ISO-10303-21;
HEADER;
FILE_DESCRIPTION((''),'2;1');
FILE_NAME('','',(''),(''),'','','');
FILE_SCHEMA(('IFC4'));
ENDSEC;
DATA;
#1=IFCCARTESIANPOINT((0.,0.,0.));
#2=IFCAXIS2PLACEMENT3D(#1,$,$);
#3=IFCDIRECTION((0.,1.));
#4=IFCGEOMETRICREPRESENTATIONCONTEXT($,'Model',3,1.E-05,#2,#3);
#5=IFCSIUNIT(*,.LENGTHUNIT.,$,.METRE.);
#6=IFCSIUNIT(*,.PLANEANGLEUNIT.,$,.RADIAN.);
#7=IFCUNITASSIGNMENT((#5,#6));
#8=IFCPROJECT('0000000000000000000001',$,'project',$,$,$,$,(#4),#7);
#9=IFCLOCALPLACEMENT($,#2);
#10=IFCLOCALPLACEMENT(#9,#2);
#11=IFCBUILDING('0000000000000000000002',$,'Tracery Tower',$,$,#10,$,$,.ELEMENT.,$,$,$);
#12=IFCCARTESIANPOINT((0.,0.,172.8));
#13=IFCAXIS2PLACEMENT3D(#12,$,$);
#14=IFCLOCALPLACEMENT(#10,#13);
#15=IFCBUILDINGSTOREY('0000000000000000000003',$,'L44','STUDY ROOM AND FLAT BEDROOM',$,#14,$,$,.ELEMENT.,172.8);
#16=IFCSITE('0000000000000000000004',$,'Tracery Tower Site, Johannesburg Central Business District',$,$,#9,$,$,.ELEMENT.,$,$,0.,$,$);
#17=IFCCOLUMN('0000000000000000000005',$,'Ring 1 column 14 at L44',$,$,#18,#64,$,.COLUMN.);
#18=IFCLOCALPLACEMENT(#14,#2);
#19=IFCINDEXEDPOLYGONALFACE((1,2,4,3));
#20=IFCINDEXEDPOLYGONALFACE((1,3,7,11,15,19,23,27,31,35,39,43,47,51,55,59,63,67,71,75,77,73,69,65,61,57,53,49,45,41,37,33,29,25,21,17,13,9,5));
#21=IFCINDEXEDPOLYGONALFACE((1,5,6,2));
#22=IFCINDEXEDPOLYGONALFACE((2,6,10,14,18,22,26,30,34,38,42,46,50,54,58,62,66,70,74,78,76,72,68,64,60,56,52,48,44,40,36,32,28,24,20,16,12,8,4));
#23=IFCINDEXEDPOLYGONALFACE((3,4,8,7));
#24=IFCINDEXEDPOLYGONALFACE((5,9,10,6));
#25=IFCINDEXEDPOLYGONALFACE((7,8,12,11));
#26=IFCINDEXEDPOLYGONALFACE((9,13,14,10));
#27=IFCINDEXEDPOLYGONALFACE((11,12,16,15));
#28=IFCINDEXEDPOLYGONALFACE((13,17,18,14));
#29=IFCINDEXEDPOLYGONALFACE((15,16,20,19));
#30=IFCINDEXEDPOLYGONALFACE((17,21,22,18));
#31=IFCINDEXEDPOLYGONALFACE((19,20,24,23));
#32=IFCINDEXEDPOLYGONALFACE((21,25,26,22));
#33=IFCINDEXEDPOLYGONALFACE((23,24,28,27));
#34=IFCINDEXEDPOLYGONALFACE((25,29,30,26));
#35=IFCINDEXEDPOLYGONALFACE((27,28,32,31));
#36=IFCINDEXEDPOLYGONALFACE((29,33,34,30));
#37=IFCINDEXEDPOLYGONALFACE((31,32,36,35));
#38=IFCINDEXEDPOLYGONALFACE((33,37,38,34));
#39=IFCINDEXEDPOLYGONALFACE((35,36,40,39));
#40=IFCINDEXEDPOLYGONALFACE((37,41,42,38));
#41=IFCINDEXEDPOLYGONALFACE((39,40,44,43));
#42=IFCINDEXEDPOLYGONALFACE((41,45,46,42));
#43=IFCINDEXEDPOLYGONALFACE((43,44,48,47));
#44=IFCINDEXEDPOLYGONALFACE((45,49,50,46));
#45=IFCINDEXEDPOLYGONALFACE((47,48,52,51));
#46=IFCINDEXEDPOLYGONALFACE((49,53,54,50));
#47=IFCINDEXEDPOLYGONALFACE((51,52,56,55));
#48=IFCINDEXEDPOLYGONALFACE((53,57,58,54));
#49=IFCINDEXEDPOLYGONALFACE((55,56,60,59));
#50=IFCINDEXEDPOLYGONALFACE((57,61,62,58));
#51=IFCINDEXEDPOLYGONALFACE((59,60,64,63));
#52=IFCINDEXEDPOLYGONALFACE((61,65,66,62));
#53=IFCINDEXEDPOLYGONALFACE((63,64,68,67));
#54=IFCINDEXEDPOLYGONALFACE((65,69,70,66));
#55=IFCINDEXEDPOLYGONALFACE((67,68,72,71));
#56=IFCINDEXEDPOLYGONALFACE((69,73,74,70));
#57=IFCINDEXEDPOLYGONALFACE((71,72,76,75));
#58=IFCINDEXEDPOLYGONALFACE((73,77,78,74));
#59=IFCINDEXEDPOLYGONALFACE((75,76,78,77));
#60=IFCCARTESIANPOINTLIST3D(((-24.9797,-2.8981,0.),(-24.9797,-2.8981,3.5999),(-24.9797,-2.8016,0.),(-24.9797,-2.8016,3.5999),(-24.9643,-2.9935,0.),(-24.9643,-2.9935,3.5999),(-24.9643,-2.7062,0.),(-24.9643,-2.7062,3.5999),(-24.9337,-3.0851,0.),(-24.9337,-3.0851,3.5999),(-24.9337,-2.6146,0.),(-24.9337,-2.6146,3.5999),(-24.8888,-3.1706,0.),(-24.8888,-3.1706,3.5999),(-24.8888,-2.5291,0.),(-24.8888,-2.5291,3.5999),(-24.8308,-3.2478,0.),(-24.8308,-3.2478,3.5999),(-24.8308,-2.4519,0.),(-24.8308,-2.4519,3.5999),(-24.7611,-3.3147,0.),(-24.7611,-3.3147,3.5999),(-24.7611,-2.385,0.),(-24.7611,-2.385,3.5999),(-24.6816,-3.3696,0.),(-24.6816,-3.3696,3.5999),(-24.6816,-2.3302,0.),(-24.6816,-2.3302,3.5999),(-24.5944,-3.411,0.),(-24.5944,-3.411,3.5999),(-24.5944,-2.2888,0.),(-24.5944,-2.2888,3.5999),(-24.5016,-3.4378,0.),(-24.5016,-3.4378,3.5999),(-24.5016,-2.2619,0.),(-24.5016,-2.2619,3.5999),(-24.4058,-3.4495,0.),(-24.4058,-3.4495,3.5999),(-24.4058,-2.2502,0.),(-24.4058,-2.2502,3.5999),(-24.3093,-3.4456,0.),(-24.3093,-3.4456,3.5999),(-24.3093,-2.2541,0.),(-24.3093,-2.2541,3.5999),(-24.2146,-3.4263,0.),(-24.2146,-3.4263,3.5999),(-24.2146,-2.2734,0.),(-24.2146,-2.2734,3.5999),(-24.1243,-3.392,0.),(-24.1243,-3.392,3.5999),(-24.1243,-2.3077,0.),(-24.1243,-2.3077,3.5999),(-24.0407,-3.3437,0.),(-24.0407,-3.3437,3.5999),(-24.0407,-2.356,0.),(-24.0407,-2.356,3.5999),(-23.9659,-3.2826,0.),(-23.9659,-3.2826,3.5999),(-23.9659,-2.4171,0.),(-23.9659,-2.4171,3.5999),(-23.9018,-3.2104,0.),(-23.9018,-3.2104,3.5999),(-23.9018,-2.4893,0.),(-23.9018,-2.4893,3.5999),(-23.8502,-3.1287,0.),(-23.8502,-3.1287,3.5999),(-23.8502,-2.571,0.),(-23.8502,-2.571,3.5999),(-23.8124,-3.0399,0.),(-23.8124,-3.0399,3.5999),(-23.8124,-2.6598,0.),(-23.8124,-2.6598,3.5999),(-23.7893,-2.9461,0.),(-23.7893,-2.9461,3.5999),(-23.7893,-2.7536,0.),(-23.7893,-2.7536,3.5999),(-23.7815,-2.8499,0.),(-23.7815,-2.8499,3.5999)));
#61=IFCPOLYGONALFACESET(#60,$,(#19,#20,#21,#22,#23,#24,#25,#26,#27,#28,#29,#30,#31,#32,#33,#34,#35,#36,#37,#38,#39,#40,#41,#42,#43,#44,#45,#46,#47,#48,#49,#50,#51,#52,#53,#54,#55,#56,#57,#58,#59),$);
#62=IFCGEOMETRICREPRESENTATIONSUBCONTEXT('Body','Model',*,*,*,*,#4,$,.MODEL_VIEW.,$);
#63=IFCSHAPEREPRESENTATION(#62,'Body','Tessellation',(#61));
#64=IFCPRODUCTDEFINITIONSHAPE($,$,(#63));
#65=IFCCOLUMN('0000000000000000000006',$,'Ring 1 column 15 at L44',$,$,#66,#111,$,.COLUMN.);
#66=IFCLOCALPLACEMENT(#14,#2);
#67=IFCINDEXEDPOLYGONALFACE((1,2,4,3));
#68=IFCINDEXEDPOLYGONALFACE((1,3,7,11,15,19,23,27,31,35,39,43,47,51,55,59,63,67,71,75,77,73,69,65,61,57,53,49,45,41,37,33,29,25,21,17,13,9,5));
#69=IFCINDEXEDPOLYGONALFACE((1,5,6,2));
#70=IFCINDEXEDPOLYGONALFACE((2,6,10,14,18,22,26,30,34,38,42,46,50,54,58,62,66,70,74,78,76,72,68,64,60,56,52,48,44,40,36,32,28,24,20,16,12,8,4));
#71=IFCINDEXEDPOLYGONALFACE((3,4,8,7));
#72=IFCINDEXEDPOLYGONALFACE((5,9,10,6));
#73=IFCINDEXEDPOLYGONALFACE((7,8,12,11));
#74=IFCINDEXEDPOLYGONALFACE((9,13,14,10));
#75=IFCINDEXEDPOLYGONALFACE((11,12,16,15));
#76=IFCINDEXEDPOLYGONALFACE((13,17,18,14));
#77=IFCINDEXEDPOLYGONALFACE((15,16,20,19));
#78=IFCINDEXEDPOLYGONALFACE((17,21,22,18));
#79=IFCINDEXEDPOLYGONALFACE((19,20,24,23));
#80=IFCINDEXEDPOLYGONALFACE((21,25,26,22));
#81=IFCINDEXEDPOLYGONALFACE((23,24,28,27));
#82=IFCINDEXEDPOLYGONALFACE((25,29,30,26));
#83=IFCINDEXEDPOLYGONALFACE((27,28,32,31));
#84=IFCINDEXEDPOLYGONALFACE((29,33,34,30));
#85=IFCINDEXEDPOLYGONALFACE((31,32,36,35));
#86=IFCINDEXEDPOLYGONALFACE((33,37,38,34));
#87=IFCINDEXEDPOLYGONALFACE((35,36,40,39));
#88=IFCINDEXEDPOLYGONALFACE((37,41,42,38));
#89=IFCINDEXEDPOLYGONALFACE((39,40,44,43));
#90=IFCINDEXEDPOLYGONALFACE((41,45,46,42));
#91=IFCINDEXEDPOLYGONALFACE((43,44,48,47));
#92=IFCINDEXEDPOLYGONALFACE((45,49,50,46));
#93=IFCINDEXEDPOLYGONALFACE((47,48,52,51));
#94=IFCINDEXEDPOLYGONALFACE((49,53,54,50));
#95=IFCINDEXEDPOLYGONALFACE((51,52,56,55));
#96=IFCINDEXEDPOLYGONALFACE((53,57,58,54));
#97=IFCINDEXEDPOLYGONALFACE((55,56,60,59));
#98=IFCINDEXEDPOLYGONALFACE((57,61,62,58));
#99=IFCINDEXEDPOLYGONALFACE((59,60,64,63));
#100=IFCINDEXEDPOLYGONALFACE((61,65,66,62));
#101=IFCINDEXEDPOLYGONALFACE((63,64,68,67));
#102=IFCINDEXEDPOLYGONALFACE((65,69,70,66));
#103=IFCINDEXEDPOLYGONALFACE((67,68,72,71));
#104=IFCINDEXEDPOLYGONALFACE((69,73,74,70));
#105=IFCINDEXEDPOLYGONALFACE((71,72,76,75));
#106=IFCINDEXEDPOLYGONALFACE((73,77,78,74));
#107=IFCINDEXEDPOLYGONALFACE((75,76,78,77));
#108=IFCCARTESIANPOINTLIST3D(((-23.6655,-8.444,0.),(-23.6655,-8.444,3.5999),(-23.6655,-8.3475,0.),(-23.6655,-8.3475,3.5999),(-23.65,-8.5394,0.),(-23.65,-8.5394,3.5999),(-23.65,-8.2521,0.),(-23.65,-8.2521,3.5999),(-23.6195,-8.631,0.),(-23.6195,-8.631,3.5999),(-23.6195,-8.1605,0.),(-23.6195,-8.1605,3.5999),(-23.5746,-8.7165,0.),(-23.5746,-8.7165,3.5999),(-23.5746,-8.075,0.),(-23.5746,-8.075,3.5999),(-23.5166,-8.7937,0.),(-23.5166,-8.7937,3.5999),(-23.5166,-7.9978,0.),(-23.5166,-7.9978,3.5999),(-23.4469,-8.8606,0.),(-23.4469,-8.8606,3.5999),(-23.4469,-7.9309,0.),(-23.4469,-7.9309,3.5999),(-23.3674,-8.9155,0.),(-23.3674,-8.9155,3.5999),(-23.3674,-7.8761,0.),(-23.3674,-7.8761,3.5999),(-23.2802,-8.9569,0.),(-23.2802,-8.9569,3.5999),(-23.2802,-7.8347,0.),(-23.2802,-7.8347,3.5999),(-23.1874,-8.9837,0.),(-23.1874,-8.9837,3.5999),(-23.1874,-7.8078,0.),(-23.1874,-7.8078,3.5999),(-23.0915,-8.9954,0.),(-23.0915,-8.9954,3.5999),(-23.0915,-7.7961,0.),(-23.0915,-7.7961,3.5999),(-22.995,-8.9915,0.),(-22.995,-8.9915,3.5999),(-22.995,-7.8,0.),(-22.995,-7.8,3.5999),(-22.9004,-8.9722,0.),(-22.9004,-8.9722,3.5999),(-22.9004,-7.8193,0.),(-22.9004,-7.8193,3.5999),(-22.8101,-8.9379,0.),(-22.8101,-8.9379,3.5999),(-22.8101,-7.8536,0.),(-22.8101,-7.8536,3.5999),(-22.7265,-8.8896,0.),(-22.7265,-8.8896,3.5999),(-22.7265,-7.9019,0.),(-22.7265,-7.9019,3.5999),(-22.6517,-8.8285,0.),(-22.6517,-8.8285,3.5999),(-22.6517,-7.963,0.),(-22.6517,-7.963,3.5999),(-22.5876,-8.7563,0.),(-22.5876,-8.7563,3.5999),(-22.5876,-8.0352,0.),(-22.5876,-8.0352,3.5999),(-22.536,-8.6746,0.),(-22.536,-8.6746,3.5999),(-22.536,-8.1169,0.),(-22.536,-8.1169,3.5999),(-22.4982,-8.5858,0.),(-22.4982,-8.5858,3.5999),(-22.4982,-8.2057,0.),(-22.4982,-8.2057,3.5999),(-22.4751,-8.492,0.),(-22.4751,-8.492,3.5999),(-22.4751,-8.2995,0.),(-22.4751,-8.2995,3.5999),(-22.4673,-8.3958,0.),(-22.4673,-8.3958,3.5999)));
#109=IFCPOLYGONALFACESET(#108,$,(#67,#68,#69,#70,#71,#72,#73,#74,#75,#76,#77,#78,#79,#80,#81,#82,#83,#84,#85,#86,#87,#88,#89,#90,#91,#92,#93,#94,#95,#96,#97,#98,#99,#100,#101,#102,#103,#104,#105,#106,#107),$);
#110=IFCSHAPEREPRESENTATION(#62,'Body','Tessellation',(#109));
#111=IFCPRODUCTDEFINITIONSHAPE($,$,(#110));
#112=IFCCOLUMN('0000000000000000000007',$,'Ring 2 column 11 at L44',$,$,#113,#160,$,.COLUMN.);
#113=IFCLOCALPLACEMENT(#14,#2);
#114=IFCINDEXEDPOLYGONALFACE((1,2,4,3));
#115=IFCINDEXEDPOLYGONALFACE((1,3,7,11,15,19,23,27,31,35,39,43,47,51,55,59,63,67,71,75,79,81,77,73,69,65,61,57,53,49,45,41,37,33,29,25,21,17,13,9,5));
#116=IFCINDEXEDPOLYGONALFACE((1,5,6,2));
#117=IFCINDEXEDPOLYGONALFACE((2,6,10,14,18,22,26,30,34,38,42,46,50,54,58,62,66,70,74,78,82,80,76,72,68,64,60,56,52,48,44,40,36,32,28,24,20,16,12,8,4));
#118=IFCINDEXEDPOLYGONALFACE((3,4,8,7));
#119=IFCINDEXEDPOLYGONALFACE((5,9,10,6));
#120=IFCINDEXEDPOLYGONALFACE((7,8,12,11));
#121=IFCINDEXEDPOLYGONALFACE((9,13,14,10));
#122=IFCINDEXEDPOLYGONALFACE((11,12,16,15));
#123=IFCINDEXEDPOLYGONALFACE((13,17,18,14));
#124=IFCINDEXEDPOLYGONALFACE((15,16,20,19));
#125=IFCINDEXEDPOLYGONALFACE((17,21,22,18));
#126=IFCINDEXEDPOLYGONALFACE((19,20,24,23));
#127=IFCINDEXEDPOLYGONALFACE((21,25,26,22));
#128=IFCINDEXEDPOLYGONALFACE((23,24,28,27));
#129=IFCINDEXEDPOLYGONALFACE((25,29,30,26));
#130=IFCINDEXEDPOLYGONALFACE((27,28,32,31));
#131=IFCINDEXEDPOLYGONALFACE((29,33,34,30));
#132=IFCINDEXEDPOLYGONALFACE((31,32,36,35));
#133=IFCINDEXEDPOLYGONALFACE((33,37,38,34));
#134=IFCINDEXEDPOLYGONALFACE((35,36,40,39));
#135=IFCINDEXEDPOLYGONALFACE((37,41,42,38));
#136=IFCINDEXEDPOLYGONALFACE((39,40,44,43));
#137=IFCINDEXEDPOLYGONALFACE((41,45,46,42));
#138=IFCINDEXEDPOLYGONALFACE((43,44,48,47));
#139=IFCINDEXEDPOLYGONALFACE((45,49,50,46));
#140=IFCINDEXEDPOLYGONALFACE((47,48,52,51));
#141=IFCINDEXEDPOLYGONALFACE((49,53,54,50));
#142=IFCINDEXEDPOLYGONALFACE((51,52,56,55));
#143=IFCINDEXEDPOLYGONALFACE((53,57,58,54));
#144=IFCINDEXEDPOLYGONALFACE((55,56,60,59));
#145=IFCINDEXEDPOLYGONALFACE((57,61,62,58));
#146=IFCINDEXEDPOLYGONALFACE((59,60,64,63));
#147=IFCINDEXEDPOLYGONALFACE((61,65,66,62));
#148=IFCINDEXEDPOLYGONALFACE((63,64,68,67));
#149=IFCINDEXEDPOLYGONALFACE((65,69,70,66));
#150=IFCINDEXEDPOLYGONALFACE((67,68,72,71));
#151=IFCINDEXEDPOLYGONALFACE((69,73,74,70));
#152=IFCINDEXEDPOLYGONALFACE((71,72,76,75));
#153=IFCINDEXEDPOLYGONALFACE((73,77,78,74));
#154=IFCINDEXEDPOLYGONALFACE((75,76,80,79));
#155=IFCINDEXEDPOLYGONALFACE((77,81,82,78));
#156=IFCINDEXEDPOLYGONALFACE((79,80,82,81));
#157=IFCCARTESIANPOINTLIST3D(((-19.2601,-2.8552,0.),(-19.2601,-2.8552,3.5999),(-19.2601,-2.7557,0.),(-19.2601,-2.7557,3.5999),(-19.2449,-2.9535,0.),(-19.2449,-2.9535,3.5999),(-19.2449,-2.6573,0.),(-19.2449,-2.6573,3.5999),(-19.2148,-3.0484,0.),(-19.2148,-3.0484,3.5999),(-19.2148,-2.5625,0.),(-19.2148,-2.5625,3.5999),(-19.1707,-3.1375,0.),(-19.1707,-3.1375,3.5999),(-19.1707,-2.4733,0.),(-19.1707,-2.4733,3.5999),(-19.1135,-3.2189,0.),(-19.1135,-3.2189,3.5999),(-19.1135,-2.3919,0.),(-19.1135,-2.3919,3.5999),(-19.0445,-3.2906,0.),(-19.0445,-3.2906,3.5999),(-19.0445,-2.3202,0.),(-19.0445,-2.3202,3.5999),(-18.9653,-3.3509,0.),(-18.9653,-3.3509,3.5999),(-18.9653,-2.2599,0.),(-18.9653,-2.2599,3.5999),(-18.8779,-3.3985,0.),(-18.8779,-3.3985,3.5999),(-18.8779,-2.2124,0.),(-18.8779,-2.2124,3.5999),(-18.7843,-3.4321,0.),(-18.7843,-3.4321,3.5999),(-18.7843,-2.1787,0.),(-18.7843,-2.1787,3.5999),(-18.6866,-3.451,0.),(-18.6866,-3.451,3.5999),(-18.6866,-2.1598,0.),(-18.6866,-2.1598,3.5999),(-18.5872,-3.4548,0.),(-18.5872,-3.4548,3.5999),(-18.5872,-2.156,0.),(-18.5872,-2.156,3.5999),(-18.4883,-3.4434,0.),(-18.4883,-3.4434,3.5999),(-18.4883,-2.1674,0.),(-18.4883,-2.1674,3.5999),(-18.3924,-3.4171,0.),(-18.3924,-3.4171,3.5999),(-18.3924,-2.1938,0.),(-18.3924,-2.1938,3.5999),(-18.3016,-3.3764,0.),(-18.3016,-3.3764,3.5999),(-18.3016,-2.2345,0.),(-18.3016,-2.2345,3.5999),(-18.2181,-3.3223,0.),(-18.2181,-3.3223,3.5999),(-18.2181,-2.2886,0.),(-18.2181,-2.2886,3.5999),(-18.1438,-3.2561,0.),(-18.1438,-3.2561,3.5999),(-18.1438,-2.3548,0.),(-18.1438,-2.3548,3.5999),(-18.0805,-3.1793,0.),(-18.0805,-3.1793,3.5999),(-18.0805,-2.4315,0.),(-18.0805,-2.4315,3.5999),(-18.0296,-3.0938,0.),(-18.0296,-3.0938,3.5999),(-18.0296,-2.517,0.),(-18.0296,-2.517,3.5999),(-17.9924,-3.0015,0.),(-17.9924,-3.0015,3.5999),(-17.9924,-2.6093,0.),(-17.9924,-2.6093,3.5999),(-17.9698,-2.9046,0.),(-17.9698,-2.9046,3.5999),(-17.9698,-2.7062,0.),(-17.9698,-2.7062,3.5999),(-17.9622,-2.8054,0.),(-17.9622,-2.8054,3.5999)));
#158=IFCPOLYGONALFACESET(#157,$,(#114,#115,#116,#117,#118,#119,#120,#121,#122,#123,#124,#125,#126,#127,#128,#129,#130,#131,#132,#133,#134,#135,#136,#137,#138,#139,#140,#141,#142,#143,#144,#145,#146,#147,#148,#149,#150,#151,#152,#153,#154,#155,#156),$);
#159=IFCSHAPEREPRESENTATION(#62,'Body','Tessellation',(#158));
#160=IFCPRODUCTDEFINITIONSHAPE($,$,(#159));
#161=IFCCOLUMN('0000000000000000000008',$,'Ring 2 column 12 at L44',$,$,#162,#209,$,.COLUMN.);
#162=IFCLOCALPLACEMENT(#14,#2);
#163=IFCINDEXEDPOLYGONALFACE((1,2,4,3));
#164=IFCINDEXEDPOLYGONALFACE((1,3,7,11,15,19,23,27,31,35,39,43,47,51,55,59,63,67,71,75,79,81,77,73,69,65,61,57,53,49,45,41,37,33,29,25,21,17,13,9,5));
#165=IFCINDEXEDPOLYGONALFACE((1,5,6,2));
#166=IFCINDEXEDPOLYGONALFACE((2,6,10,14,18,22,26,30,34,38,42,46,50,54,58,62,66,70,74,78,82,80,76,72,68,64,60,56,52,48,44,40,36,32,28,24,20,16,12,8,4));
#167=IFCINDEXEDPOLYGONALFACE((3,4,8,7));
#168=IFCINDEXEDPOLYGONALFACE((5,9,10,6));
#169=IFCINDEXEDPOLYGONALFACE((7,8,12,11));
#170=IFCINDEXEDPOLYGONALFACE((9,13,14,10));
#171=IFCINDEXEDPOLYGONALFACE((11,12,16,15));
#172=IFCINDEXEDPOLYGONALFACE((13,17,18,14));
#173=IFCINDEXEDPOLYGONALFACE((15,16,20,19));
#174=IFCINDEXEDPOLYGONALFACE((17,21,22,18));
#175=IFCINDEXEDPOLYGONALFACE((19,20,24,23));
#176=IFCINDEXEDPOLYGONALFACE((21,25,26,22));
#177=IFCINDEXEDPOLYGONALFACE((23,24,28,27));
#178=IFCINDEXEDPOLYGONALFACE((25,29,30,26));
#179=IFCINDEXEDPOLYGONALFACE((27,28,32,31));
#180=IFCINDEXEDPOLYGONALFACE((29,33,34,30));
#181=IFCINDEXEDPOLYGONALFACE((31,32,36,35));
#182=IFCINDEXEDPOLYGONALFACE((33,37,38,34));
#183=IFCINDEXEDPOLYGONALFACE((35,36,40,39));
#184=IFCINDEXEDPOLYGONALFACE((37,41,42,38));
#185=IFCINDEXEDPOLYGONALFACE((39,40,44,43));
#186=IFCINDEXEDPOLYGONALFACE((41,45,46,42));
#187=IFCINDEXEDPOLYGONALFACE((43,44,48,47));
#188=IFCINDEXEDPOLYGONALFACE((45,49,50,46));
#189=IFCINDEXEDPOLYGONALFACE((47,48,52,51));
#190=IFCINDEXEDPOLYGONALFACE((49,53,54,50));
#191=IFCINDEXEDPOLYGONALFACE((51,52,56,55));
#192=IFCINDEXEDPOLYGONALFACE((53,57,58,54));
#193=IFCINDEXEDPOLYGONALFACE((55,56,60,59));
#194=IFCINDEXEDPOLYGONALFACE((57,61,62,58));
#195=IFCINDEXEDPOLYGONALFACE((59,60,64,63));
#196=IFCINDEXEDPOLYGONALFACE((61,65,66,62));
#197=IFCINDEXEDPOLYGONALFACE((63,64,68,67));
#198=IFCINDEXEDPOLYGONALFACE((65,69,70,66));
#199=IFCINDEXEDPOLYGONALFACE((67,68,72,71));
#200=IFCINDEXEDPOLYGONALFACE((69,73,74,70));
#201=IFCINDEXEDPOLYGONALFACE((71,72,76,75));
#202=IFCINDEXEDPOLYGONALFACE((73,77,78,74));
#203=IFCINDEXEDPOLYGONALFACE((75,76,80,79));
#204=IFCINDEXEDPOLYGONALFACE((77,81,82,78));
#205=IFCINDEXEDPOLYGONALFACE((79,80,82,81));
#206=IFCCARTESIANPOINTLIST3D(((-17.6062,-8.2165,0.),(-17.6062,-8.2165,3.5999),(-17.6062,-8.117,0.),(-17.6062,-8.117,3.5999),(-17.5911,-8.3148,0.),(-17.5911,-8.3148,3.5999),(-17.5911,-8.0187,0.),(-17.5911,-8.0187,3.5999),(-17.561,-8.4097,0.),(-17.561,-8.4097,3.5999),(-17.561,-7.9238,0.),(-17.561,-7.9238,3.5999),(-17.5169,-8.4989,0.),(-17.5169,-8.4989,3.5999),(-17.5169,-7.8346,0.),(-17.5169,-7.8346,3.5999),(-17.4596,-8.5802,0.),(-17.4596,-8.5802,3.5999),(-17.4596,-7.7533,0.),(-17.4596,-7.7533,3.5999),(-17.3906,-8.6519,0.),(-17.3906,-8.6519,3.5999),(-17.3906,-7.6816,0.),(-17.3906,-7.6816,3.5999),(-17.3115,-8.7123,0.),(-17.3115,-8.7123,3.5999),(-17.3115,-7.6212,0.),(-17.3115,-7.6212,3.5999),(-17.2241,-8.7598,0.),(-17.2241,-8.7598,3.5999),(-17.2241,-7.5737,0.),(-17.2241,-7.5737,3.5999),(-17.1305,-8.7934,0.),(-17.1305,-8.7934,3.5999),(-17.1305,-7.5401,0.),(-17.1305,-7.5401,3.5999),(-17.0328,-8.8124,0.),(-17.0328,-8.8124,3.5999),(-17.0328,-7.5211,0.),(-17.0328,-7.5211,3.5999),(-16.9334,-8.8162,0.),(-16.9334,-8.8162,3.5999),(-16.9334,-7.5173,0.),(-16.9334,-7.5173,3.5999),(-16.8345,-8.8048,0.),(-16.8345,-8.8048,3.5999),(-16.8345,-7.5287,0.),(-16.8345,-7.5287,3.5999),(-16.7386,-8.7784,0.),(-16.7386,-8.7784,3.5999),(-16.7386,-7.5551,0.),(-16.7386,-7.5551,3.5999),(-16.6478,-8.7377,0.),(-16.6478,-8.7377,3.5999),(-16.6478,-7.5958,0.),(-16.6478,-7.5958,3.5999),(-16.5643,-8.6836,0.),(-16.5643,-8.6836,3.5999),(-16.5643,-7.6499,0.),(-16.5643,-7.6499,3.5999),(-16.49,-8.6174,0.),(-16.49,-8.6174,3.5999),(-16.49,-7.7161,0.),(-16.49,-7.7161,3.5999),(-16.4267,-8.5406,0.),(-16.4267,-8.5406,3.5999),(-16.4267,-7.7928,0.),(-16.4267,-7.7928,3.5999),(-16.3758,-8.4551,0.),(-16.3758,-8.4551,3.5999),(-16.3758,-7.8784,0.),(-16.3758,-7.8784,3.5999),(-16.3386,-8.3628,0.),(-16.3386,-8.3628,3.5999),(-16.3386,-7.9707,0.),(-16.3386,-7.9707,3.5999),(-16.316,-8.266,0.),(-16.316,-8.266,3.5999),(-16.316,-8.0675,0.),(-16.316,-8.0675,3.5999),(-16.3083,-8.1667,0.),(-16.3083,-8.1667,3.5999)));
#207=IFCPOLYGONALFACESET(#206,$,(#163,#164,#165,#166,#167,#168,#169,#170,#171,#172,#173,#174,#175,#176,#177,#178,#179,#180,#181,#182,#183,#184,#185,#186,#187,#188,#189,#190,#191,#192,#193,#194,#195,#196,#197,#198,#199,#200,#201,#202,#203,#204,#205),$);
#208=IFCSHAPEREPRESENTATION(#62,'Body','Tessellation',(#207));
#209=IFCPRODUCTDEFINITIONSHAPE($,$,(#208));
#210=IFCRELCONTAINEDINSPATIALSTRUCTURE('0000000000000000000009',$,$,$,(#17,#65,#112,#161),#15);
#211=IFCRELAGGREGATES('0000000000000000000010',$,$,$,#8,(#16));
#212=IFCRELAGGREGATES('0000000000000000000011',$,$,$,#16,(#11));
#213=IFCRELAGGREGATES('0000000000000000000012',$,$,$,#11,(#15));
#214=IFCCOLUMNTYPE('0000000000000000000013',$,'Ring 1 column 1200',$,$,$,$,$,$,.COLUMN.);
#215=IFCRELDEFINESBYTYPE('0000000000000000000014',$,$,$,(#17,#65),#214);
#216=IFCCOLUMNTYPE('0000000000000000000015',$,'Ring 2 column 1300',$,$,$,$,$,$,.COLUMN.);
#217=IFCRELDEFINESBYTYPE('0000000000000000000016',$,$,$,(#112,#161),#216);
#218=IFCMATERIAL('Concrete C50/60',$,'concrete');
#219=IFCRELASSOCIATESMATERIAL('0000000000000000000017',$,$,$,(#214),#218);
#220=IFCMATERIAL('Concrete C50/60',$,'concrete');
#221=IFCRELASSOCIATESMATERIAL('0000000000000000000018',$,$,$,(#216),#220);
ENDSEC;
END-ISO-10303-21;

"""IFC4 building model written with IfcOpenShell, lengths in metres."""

from ifc_helpers import new_model, si_unit, direction, frame, origin, origin_2d, place, context, subcontext, project, spatial, circle, extrude, material, material_profile, profile_set, type_object, element, save


model = new_model("IFC4")

# Units and contexts
model_context = context("Model", 3, precision=1e-05, world=origin(), true_north=direction((0.0, 1.0)))
body_context = subcontext(model_context, "Body", "Model", "MODEL_VIEW")
ifc_project = project(units=[si_unit("LENGTHUNIT", "METRE"), si_unit("PLANEANGLEUNIT", "RADIAN")], contexts=[model_context])

# Site, building, storey
site_placement = place(None, origin())
site = spatial("IfcSite", under=ifc_project, at=site_placement, Name="Tracery Tower Site, Johannesburg Central Business District", CompositionType="ELEMENT", RefElevation=0.0)
building_placement = place(site_placement, origin())
building = spatial("IfcBuilding", under=site, at=building_placement, Name="Tracery Tower", CompositionType="ELEMENT")
storey_placement = place(building_placement, frame((0.0, 0.0, 172.8)))
storey = spatial("IfcBuildingStorey", under=building, at=storey_placement, Name="L44", Description="STUDY ROOM AND FLAT BEDROOM", CompositionType="ELEMENT", Elevation=172.8)

# Columns
ifc_material_1 = material(Name="Concrete C50/60", Category="concrete")
ifc_material_profile_1 = material_profile(ifc_material_1, circle(Radius=0.6001, at=origin_2d()), Name="RC D1200")
ifc_profile_set_1 = profile_set([ifc_material_profile_1], Name="Concrete C50/60")
column_type_1 = type_object("IfcColumnType", Name="Ring 1 column 1200", PredefinedType="COLUMN", material=ifc_profile_set_1)
for number, where, z_axis, x_axis, name in (
    (1, (-24.3816, -2.8499, 0.0), (0.0, 0.0, 1.0), (1.0, 0.0, 0.0), "Ring 1 column 14 at L44"),
    (2, (-23.0674, -8.3958, 0.0), (0.0, 0.0, 1.0), (1.0, 0.0, 0.0), "Ring 1 column 15 at L44"),
):
    element("IfcColumn", number, at=place(storey_placement, frame(where, z_axis=z_axis, x_axis=x_axis)), inside=storey, type_object=column_type_1, Name=name, PredefinedType="COLUMN", context=body_context, shape_type="SweptSolid", body=[
        extrude(circle(Radius=0.6001, at=origin_2d()), origin(), (0.0, 0.0, 1.0), 3.5999),
    ])
ifc_material_2 = material(Name="Concrete C50/60", Category="concrete")
ifc_material_profile_2 = material_profile(ifc_material_2, circle(Radius=0.6499, at=origin_2d()), Name="RC D1300")
ifc_profile_set_2 = profile_set([ifc_material_profile_2], Name="Concrete C50/60")
column_type_2 = type_object("IfcColumnType", Name="Ring 2 column 1300", PredefinedType="COLUMN", material=ifc_profile_set_2)
for number, where, z_axis, x_axis, name in (
    (3, (-18.6121, -2.8054, 0.0), (0.0, 0.0, 1.0), (1.0, 0.0, 0.0), "Ring 2 column 11 at L44"),
    (4, (-16.9583, -8.1667, 0.0), (0.0, 0.0, 1.0), (1.0, 0.0, 0.0), "Ring 2 column 12 at L44"),
):
    element("IfcColumn", number, at=place(storey_placement, frame(where, z_axis=z_axis, x_axis=x_axis)), inside=storey, type_object=column_type_2, Name=name, PredefinedType="COLUMN", context=body_context, shape_type="SweptSolid", body=[
        extrude(circle(Radius=0.6499, at=origin_2d()), origin(), (0.0, 0.0, 1.0), 3.5999),
    ])

save(model, "model.ifc")
